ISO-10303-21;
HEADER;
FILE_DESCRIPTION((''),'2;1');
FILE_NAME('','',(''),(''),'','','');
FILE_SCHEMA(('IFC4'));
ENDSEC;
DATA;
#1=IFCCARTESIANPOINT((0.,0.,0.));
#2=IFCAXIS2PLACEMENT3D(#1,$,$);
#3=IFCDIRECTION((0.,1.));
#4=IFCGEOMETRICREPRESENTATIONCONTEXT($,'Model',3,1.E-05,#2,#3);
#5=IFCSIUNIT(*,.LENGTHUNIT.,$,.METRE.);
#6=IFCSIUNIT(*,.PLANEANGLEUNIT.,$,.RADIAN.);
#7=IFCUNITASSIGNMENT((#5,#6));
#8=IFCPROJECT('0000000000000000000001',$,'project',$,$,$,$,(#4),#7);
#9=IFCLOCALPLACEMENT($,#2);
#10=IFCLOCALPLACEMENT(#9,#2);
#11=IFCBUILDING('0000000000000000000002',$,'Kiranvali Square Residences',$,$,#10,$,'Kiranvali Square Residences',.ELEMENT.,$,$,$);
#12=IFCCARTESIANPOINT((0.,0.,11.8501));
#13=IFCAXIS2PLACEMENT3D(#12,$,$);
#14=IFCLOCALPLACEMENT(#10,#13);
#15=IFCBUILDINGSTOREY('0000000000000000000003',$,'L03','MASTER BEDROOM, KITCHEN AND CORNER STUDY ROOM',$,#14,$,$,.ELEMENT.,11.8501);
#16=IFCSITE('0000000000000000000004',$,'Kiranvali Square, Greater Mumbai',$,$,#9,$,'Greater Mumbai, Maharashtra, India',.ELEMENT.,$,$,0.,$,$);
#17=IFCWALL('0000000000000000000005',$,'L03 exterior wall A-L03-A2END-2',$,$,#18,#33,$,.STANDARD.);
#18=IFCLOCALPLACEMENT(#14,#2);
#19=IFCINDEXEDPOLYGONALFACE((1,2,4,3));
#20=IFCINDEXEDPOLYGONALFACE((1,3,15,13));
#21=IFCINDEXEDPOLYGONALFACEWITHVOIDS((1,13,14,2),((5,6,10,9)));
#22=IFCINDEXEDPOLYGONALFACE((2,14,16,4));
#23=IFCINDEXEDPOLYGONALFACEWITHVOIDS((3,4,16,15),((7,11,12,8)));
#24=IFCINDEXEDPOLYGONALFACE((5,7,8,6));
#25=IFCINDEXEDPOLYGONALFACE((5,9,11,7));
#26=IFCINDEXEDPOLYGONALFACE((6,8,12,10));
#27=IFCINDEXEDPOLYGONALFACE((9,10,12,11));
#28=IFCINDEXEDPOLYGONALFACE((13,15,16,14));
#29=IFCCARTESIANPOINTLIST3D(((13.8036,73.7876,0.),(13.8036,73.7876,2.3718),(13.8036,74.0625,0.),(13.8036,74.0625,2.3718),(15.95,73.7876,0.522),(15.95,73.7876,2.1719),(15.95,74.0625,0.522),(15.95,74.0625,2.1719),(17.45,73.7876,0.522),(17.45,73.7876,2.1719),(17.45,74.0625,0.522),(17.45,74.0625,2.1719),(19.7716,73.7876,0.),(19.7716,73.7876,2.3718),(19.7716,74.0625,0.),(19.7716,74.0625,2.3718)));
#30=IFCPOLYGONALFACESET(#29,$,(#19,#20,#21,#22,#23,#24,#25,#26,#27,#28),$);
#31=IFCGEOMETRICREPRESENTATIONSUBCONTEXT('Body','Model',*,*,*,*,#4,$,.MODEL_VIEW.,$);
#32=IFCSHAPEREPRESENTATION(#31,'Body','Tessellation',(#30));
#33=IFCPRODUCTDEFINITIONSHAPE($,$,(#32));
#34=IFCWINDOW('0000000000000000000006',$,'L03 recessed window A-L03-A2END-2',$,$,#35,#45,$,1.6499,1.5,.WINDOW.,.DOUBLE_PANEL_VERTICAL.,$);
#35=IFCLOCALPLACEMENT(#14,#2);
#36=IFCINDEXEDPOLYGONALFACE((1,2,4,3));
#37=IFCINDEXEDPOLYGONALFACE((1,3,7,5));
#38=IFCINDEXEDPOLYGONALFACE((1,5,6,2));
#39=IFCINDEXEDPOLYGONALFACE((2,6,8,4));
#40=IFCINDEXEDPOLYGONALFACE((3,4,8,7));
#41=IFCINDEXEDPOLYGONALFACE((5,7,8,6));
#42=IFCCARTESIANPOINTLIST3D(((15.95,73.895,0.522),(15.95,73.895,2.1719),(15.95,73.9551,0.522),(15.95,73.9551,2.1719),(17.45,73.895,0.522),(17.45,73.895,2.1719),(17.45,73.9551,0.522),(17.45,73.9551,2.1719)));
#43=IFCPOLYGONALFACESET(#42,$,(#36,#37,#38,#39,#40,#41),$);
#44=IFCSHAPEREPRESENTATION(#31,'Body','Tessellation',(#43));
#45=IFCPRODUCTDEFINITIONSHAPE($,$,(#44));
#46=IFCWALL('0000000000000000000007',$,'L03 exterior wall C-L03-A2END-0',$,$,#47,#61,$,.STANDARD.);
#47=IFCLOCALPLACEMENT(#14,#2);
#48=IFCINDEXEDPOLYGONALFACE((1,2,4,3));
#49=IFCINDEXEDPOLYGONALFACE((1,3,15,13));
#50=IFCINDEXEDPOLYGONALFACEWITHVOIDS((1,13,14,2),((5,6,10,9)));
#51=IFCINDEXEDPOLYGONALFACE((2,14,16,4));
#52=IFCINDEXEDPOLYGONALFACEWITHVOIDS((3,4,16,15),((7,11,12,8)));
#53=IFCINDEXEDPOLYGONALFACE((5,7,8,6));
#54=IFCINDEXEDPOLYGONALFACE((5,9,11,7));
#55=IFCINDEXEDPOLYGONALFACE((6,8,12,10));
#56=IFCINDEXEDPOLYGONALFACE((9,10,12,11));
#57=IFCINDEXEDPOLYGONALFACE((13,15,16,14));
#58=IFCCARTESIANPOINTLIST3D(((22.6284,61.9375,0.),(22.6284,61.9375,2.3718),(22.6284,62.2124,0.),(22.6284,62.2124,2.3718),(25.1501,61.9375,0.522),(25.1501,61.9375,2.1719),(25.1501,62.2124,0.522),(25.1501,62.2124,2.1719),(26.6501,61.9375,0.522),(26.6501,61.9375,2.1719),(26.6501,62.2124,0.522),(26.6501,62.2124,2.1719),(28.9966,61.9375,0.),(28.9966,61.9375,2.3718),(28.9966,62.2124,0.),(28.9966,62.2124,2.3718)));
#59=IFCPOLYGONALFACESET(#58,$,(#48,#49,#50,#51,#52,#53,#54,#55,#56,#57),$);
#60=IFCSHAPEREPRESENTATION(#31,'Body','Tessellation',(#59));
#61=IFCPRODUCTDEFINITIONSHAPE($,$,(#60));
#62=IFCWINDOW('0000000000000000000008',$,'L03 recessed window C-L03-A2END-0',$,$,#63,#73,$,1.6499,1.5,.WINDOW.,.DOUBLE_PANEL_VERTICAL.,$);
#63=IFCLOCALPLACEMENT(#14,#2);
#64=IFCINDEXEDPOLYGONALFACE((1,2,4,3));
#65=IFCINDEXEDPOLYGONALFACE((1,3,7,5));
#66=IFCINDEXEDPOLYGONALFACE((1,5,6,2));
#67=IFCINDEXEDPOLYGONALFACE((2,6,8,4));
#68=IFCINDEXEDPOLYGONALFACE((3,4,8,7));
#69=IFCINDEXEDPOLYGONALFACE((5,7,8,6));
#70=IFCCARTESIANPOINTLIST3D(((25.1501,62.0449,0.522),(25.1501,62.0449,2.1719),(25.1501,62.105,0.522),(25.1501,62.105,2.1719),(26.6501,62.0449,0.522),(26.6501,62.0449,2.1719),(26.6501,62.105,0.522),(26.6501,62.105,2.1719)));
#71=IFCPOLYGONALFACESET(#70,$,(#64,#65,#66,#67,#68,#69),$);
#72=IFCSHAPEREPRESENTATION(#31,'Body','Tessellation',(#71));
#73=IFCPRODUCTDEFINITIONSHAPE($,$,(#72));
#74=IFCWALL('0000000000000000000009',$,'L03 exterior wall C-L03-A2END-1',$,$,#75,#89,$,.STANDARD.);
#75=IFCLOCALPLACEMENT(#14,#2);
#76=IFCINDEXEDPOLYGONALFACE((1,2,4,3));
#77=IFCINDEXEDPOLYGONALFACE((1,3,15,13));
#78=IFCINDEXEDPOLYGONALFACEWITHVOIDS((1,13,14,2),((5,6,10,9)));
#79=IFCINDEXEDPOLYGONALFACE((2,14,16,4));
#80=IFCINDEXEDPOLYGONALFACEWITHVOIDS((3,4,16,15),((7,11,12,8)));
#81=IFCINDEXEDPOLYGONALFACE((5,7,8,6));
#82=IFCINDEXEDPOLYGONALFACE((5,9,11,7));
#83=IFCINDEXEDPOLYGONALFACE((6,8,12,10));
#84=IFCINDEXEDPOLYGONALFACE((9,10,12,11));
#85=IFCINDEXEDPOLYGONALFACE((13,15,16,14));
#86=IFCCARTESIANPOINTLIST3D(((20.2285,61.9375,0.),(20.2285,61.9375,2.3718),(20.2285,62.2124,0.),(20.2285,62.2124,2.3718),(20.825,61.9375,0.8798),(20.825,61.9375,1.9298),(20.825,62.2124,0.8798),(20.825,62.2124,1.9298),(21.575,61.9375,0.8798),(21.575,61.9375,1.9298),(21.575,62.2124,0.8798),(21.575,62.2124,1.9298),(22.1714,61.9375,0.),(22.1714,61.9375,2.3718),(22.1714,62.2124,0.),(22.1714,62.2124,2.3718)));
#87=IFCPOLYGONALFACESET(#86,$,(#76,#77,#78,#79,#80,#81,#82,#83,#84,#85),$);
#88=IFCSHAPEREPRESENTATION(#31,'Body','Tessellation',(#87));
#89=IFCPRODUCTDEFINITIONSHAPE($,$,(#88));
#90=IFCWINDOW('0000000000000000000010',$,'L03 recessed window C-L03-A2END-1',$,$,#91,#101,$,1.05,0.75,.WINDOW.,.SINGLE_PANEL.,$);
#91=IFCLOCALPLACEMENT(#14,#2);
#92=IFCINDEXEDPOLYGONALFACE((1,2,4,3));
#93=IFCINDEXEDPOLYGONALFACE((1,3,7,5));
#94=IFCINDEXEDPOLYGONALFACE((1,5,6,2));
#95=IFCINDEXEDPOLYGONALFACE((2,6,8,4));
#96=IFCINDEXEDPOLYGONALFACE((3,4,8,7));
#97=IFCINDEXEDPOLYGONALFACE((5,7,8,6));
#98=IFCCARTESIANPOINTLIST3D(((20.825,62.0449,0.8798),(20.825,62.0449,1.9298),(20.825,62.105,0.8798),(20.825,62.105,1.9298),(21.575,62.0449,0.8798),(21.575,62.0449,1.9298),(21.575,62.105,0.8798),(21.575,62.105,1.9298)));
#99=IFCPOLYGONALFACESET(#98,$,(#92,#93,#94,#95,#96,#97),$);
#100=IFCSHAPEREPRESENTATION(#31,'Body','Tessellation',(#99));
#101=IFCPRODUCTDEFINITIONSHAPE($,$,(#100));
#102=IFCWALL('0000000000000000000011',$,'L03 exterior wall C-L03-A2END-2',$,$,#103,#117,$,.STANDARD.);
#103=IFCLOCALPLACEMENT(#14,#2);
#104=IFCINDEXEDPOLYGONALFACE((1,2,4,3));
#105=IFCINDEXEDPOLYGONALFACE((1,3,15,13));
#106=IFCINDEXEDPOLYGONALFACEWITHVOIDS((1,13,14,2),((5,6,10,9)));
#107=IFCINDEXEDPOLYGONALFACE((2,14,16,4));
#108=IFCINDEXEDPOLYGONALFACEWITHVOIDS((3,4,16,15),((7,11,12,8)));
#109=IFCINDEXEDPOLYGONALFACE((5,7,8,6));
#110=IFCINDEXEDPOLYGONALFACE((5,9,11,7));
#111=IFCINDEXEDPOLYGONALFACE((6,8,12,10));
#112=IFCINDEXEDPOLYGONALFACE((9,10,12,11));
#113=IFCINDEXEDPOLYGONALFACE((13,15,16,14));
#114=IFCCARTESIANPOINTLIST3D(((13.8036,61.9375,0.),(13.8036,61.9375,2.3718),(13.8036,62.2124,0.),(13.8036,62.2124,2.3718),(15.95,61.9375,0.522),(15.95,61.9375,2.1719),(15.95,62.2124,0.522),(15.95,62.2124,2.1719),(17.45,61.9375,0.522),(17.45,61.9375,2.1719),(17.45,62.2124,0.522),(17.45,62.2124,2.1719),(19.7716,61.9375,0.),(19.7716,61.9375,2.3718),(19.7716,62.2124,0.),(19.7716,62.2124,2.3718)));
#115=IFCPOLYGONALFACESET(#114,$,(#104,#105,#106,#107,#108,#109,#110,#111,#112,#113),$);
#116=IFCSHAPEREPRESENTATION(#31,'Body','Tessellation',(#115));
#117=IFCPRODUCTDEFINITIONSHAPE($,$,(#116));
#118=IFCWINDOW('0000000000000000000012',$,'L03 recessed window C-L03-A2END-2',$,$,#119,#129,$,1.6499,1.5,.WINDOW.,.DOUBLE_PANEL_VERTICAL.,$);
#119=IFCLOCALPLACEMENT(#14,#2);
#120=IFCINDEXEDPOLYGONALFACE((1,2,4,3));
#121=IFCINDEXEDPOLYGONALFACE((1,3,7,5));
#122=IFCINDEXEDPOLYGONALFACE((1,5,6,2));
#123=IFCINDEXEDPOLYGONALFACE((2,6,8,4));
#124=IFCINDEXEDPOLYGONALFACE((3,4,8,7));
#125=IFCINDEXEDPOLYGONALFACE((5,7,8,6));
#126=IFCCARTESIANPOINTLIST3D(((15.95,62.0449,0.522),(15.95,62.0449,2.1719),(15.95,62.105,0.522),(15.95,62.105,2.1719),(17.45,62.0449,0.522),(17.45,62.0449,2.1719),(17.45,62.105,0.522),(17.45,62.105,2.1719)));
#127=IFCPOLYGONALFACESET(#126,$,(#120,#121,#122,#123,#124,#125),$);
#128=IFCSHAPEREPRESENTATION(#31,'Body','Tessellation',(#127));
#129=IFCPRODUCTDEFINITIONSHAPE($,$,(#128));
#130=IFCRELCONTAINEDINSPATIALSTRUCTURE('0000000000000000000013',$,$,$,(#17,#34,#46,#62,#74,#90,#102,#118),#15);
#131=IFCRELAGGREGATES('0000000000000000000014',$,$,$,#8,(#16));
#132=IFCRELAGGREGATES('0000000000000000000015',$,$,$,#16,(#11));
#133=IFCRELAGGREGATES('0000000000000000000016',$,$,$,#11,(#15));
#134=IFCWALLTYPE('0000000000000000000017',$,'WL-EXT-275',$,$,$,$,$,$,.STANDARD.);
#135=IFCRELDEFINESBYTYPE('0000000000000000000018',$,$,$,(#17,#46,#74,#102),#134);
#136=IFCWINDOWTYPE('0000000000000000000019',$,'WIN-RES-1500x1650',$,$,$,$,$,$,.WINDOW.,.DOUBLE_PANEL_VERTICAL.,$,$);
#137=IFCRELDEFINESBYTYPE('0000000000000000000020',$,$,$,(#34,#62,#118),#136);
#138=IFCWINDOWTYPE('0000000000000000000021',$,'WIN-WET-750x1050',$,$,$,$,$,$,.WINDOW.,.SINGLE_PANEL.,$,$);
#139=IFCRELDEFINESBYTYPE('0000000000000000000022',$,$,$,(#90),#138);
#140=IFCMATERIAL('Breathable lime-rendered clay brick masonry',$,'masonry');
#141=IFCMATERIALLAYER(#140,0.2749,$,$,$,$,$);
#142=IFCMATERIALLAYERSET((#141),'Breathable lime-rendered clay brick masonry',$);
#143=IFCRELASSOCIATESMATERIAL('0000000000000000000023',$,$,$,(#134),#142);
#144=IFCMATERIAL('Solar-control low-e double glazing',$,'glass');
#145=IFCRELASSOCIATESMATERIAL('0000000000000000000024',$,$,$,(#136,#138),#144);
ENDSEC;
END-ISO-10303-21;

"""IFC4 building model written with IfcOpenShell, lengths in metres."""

from ifc_helpers import new_model, si_unit, direction, frame, frame_2d, origin, place, context, subcontext, project, spatial, rectangle, extrude, material, layer, layer_set, type_object, element, fill, save


model = new_model("IFC4")

# Units and contexts
model_context = context("Model", 3, precision=1e-05, world=origin(), true_north=direction((0.0, 1.0)))
body_context = subcontext(model_context, "Body", "Model", "MODEL_VIEW")
ifc_project = project(units=[si_unit("LENGTHUNIT", "METRE"), si_unit("PLANEANGLEUNIT", "RADIAN")], contexts=[model_context])

# Site, building, storey
site_placement = place(None, origin())
site = spatial("IfcSite", under=ifc_project, at=site_placement, Name="Kiranvali Square, Greater Mumbai", LongName="Greater Mumbai, Maharashtra, India", CompositionType="ELEMENT", RefElevation=0.0)
building_placement = place(site_placement, origin())
building = spatial("IfcBuilding", under=site, at=building_placement, Name="Kiranvali Square Residences", LongName="Kiranvali Square Residences", CompositionType="ELEMENT")
storey_placement = place(building_placement, frame((0.0, 0.0, 11.8501)))
storey = spatial("IfcBuildingStorey", under=building, at=storey_placement, Name="L03", Description="MASTER BEDROOM, KITCHEN AND CORNER STUDY ROOM", CompositionType="ELEMENT", Elevation=11.8501)

# Walls, openings, windows
ifc_material_1 = material(Name="Breathable lime-rendered clay brick masonry", Category="masonry")
ifc_layer = layer(ifc_material_1, 0.2749)
ifc_layer_set = layer_set([ifc_layer], Name="Breathable lime-rendered clay brick masonry")
wall_type = type_object("IfcWallType", Name="WL-EXT-275", PredefinedType="STANDARD", material=ifc_layer_set)
wall_1_placement = place(storey_placement, frame((19.7715, 73.925, 0.0), z_axis=(0.0, 0.0, 1.0), x_axis=(-1.0, 0.0, 0.0)))
wall_1 = element("IfcWall", 1, at=wall_1_placement, inside=storey, type_object=wall_type, Name="L03 exterior wall A-L03-A2END-2", PredefinedType="STANDARD", context=body_context, shape_type="SweptSolid", body=[
    extrude(rectangle(XDim=5.968, YDim=0.2749, at=frame_2d((2.9839, 0.0))), origin(), (0.0, 0.0, 1.0), 2.3718),
])
opening_1_placement = place(wall_1_placement, frame((2.3215, 0.0, 0.522)))
opening_1 = element("IfcOpeningElement", 2, at=opening_1_placement, cuts=wall_1, PredefinedType="OPENING", context=body_context, shape_type="SweptSolid", body=[
    extrude(rectangle(XDim=1.5, YDim=1.6499, at=frame_2d((0.75, 0.825))), frame((0.0, 0.1475, 0.0), z_axis=(0.0, -1.0, 0.0), x_axis=(1.0, 0.0, 0.0)), (0.0, 0.0, 1.0), 0.2949),
])
ifc_material_2 = material(Name="Solar-control low-e double glazing", Category="glass")
window_type_1 = type_object("IfcWindowType", Name="WIN-RES-1500x1650", PartitioningType="DOUBLE_PANEL_VERTICAL", PredefinedType="WINDOW", material=ifc_material_2)
window_1_placement = place(opening_1_placement, origin())
window_1 = element("IfcWindow", 3, at=window_1_placement, inside=storey, type_object=window_type_1, Name="L03 recessed window A-L03-A2END-2", OverallHeight=1.6499, OverallWidth=1.5, PartitioningType="DOUBLE_PANEL_VERTICAL", PredefinedType="WINDOW", context=body_context, shape_type="SweptSolid", body=[
    extrude(rectangle(XDim=1.5, YDim=1.6499, at=frame_2d((0.75, 0.825))), frame((0.0, 0.03, 0.0), z_axis=(0.0, -1.0, 0.0), x_axis=(1.0, 0.0, 0.0)), (0.0, 0.0, 1.0), 0.0601),
])
fill(opening_1, window_1)
wall_2_placement = place(storey_placement, frame((28.9966, 62.075, 0.0), z_axis=(0.0, 0.0, 1.0), x_axis=(-1.0, 0.0, 0.0)))
wall_2 = element("IfcWall", 4, at=wall_2_placement, inside=storey, type_object=wall_type, Name="L03 exterior wall C-L03-A2END-0", PredefinedType="STANDARD", context=body_context, shape_type="SweptSolid", body=[
    extrude(rectangle(XDim=6.3682, YDim=0.2749, at=frame_2d((3.1841, 0.0))), origin(), (0.0, 0.0, 1.0), 2.3718),
])
opening_2_placement = place(wall_2_placement, frame((2.3464, 0.0, 0.522)))
opening_2 = element("IfcOpeningElement", 5, at=opening_2_placement, cuts=wall_2, PredefinedType="OPENING", context=body_context, shape_type="SweptSolid", body=[
    extrude(rectangle(XDim=1.5, YDim=1.6499, at=frame_2d((0.75, 0.825))), frame((0.0, 0.1475, 0.0), z_axis=(0.0, -1.0, 0.0), x_axis=(1.0, 0.0, 0.0)), (0.0, 0.0, 1.0), 0.2949),
])
window_2_placement = place(opening_2_placement, origin())
window_2 = element("IfcWindow", 6, at=window_2_placement, inside=storey, type_object=window_type_1, Name="L03 recessed window C-L03-A2END-0", OverallHeight=1.6499, OverallWidth=1.5, PartitioningType="DOUBLE_PANEL_VERTICAL", PredefinedType="WINDOW", context=body_context, shape_type="SweptSolid", body=[
    extrude(rectangle(XDim=1.5, YDim=1.6499, at=frame_2d((0.75, 0.825))), frame((0.0, 0.03, 0.0), z_axis=(0.0, -1.0, 0.0), x_axis=(1.0, 0.0, 0.0)), (0.0, 0.0, 1.0), 0.0601),
])
fill(opening_2, window_2)
wall_3_placement = place(storey_placement, frame((22.1714, 62.075, 0.0), z_axis=(0.0, 0.0, 1.0), x_axis=(-1.0, 0.0, 0.0)))
wall_3 = element("IfcWall", 7, at=wall_3_placement, inside=storey, type_object=wall_type, Name="L03 exterior wall C-L03-A2END-1", PredefinedType="STANDARD", context=body_context, shape_type="SweptSolid", body=[
    extrude(rectangle(XDim=1.9429, YDim=0.2749, at=frame_2d((0.9714, 0.0))), origin(), (0.0, 0.0, 1.0), 2.3718),
])
opening_3_placement = place(wall_3_placement, frame((0.5964, 0.0, 0.8799)))
opening_3 = element("IfcOpeningElement", 8, at=opening_3_placement, cuts=wall_3, PredefinedType="OPENING", context=body_context, shape_type="SweptSolid", body=[
    extrude(rectangle(XDim=0.75, YDim=1.05, at=frame_2d((0.375, 0.5249))), frame((0.0, 0.1475, 0.0), z_axis=(0.0, -1.0, 0.0), x_axis=(1.0, 0.0, 0.0)), (0.0, 0.0, 1.0), 0.2949),
])
window_type_2 = type_object("IfcWindowType", Name="WIN-WET-750x1050", PartitioningType="SINGLE_PANEL", PredefinedType="WINDOW", material=ifc_material_2)
window_3_placement = place(opening_3_placement, origin())
window_3 = element("IfcWindow", 9, at=window_3_placement, inside=storey, type_object=window_type_2, Name="L03 recessed window C-L03-A2END-1", OverallHeight=1.05, OverallWidth=0.75, PartitioningType="SINGLE_PANEL", PredefinedType="WINDOW", context=body_context, shape_type="SweptSolid", body=[
    extrude(rectangle(XDim=0.75, YDim=1.05, at=frame_2d((0.375, 0.5249))), frame((0.0, 0.03, 0.0), z_axis=(0.0, -1.0, 0.0), x_axis=(1.0, 0.0, 0.0)), (0.0, 0.0, 1.0), 0.0601),
])
fill(opening_3, window_3)
wall_4_placement = place(storey_placement, frame((19.7715, 62.075, 0.0), z_axis=(0.0, 0.0, 1.0), x_axis=(-1.0, 0.0, 0.0)))
wall_4 = element("IfcWall", 10, at=wall_4_placement, inside=storey, type_object=wall_type, Name="L03 exterior wall C-L03-A2END-2", PredefinedType="STANDARD", context=body_context, shape_type="SweptSolid", body=[
    extrude(rectangle(XDim=5.968, YDim=0.2749, at=frame_2d((2.9839, 0.0))), origin(), (0.0, 0.0, 1.0), 2.3718),
])
opening_4_placement = place(wall_4_placement, frame((2.3215, 0.0, 0.522)))
opening_4 = element("IfcOpeningElement", 11, at=opening_4_placement, cuts=wall_4, PredefinedType="OPENING", context=body_context, shape_type="SweptSolid", body=[
    extrude(rectangle(XDim=1.5, YDim=1.6499, at=frame_2d((0.75, 0.825))), frame((0.0, 0.1475, 0.0), z_axis=(0.0, -1.0, 0.0), x_axis=(1.0, 0.0, 0.0)), (0.0, 0.0, 1.0), 0.2949),
])
window_4_placement = place(opening_4_placement, origin())
window_4 = element("IfcWindow", 12, at=window_4_placement, inside=storey, type_object=window_type_1, Name="L03 recessed window C-L03-A2END-2", OverallHeight=1.6499, OverallWidth=1.5, PartitioningType="DOUBLE_PANEL_VERTICAL", PredefinedType="WINDOW", context=body_context, shape_type="SweptSolid", body=[
    extrude(rectangle(XDim=1.5, YDim=1.6499, at=frame_2d((0.75, 0.825))), frame((0.0, 0.03, 0.0), z_axis=(0.0, -1.0, 0.0), x_axis=(1.0, 0.0, 0.0)), (0.0, 0.0, 1.0), 0.0601),
])
fill(opening_4, window_4)

save(model, "model.ifc")
